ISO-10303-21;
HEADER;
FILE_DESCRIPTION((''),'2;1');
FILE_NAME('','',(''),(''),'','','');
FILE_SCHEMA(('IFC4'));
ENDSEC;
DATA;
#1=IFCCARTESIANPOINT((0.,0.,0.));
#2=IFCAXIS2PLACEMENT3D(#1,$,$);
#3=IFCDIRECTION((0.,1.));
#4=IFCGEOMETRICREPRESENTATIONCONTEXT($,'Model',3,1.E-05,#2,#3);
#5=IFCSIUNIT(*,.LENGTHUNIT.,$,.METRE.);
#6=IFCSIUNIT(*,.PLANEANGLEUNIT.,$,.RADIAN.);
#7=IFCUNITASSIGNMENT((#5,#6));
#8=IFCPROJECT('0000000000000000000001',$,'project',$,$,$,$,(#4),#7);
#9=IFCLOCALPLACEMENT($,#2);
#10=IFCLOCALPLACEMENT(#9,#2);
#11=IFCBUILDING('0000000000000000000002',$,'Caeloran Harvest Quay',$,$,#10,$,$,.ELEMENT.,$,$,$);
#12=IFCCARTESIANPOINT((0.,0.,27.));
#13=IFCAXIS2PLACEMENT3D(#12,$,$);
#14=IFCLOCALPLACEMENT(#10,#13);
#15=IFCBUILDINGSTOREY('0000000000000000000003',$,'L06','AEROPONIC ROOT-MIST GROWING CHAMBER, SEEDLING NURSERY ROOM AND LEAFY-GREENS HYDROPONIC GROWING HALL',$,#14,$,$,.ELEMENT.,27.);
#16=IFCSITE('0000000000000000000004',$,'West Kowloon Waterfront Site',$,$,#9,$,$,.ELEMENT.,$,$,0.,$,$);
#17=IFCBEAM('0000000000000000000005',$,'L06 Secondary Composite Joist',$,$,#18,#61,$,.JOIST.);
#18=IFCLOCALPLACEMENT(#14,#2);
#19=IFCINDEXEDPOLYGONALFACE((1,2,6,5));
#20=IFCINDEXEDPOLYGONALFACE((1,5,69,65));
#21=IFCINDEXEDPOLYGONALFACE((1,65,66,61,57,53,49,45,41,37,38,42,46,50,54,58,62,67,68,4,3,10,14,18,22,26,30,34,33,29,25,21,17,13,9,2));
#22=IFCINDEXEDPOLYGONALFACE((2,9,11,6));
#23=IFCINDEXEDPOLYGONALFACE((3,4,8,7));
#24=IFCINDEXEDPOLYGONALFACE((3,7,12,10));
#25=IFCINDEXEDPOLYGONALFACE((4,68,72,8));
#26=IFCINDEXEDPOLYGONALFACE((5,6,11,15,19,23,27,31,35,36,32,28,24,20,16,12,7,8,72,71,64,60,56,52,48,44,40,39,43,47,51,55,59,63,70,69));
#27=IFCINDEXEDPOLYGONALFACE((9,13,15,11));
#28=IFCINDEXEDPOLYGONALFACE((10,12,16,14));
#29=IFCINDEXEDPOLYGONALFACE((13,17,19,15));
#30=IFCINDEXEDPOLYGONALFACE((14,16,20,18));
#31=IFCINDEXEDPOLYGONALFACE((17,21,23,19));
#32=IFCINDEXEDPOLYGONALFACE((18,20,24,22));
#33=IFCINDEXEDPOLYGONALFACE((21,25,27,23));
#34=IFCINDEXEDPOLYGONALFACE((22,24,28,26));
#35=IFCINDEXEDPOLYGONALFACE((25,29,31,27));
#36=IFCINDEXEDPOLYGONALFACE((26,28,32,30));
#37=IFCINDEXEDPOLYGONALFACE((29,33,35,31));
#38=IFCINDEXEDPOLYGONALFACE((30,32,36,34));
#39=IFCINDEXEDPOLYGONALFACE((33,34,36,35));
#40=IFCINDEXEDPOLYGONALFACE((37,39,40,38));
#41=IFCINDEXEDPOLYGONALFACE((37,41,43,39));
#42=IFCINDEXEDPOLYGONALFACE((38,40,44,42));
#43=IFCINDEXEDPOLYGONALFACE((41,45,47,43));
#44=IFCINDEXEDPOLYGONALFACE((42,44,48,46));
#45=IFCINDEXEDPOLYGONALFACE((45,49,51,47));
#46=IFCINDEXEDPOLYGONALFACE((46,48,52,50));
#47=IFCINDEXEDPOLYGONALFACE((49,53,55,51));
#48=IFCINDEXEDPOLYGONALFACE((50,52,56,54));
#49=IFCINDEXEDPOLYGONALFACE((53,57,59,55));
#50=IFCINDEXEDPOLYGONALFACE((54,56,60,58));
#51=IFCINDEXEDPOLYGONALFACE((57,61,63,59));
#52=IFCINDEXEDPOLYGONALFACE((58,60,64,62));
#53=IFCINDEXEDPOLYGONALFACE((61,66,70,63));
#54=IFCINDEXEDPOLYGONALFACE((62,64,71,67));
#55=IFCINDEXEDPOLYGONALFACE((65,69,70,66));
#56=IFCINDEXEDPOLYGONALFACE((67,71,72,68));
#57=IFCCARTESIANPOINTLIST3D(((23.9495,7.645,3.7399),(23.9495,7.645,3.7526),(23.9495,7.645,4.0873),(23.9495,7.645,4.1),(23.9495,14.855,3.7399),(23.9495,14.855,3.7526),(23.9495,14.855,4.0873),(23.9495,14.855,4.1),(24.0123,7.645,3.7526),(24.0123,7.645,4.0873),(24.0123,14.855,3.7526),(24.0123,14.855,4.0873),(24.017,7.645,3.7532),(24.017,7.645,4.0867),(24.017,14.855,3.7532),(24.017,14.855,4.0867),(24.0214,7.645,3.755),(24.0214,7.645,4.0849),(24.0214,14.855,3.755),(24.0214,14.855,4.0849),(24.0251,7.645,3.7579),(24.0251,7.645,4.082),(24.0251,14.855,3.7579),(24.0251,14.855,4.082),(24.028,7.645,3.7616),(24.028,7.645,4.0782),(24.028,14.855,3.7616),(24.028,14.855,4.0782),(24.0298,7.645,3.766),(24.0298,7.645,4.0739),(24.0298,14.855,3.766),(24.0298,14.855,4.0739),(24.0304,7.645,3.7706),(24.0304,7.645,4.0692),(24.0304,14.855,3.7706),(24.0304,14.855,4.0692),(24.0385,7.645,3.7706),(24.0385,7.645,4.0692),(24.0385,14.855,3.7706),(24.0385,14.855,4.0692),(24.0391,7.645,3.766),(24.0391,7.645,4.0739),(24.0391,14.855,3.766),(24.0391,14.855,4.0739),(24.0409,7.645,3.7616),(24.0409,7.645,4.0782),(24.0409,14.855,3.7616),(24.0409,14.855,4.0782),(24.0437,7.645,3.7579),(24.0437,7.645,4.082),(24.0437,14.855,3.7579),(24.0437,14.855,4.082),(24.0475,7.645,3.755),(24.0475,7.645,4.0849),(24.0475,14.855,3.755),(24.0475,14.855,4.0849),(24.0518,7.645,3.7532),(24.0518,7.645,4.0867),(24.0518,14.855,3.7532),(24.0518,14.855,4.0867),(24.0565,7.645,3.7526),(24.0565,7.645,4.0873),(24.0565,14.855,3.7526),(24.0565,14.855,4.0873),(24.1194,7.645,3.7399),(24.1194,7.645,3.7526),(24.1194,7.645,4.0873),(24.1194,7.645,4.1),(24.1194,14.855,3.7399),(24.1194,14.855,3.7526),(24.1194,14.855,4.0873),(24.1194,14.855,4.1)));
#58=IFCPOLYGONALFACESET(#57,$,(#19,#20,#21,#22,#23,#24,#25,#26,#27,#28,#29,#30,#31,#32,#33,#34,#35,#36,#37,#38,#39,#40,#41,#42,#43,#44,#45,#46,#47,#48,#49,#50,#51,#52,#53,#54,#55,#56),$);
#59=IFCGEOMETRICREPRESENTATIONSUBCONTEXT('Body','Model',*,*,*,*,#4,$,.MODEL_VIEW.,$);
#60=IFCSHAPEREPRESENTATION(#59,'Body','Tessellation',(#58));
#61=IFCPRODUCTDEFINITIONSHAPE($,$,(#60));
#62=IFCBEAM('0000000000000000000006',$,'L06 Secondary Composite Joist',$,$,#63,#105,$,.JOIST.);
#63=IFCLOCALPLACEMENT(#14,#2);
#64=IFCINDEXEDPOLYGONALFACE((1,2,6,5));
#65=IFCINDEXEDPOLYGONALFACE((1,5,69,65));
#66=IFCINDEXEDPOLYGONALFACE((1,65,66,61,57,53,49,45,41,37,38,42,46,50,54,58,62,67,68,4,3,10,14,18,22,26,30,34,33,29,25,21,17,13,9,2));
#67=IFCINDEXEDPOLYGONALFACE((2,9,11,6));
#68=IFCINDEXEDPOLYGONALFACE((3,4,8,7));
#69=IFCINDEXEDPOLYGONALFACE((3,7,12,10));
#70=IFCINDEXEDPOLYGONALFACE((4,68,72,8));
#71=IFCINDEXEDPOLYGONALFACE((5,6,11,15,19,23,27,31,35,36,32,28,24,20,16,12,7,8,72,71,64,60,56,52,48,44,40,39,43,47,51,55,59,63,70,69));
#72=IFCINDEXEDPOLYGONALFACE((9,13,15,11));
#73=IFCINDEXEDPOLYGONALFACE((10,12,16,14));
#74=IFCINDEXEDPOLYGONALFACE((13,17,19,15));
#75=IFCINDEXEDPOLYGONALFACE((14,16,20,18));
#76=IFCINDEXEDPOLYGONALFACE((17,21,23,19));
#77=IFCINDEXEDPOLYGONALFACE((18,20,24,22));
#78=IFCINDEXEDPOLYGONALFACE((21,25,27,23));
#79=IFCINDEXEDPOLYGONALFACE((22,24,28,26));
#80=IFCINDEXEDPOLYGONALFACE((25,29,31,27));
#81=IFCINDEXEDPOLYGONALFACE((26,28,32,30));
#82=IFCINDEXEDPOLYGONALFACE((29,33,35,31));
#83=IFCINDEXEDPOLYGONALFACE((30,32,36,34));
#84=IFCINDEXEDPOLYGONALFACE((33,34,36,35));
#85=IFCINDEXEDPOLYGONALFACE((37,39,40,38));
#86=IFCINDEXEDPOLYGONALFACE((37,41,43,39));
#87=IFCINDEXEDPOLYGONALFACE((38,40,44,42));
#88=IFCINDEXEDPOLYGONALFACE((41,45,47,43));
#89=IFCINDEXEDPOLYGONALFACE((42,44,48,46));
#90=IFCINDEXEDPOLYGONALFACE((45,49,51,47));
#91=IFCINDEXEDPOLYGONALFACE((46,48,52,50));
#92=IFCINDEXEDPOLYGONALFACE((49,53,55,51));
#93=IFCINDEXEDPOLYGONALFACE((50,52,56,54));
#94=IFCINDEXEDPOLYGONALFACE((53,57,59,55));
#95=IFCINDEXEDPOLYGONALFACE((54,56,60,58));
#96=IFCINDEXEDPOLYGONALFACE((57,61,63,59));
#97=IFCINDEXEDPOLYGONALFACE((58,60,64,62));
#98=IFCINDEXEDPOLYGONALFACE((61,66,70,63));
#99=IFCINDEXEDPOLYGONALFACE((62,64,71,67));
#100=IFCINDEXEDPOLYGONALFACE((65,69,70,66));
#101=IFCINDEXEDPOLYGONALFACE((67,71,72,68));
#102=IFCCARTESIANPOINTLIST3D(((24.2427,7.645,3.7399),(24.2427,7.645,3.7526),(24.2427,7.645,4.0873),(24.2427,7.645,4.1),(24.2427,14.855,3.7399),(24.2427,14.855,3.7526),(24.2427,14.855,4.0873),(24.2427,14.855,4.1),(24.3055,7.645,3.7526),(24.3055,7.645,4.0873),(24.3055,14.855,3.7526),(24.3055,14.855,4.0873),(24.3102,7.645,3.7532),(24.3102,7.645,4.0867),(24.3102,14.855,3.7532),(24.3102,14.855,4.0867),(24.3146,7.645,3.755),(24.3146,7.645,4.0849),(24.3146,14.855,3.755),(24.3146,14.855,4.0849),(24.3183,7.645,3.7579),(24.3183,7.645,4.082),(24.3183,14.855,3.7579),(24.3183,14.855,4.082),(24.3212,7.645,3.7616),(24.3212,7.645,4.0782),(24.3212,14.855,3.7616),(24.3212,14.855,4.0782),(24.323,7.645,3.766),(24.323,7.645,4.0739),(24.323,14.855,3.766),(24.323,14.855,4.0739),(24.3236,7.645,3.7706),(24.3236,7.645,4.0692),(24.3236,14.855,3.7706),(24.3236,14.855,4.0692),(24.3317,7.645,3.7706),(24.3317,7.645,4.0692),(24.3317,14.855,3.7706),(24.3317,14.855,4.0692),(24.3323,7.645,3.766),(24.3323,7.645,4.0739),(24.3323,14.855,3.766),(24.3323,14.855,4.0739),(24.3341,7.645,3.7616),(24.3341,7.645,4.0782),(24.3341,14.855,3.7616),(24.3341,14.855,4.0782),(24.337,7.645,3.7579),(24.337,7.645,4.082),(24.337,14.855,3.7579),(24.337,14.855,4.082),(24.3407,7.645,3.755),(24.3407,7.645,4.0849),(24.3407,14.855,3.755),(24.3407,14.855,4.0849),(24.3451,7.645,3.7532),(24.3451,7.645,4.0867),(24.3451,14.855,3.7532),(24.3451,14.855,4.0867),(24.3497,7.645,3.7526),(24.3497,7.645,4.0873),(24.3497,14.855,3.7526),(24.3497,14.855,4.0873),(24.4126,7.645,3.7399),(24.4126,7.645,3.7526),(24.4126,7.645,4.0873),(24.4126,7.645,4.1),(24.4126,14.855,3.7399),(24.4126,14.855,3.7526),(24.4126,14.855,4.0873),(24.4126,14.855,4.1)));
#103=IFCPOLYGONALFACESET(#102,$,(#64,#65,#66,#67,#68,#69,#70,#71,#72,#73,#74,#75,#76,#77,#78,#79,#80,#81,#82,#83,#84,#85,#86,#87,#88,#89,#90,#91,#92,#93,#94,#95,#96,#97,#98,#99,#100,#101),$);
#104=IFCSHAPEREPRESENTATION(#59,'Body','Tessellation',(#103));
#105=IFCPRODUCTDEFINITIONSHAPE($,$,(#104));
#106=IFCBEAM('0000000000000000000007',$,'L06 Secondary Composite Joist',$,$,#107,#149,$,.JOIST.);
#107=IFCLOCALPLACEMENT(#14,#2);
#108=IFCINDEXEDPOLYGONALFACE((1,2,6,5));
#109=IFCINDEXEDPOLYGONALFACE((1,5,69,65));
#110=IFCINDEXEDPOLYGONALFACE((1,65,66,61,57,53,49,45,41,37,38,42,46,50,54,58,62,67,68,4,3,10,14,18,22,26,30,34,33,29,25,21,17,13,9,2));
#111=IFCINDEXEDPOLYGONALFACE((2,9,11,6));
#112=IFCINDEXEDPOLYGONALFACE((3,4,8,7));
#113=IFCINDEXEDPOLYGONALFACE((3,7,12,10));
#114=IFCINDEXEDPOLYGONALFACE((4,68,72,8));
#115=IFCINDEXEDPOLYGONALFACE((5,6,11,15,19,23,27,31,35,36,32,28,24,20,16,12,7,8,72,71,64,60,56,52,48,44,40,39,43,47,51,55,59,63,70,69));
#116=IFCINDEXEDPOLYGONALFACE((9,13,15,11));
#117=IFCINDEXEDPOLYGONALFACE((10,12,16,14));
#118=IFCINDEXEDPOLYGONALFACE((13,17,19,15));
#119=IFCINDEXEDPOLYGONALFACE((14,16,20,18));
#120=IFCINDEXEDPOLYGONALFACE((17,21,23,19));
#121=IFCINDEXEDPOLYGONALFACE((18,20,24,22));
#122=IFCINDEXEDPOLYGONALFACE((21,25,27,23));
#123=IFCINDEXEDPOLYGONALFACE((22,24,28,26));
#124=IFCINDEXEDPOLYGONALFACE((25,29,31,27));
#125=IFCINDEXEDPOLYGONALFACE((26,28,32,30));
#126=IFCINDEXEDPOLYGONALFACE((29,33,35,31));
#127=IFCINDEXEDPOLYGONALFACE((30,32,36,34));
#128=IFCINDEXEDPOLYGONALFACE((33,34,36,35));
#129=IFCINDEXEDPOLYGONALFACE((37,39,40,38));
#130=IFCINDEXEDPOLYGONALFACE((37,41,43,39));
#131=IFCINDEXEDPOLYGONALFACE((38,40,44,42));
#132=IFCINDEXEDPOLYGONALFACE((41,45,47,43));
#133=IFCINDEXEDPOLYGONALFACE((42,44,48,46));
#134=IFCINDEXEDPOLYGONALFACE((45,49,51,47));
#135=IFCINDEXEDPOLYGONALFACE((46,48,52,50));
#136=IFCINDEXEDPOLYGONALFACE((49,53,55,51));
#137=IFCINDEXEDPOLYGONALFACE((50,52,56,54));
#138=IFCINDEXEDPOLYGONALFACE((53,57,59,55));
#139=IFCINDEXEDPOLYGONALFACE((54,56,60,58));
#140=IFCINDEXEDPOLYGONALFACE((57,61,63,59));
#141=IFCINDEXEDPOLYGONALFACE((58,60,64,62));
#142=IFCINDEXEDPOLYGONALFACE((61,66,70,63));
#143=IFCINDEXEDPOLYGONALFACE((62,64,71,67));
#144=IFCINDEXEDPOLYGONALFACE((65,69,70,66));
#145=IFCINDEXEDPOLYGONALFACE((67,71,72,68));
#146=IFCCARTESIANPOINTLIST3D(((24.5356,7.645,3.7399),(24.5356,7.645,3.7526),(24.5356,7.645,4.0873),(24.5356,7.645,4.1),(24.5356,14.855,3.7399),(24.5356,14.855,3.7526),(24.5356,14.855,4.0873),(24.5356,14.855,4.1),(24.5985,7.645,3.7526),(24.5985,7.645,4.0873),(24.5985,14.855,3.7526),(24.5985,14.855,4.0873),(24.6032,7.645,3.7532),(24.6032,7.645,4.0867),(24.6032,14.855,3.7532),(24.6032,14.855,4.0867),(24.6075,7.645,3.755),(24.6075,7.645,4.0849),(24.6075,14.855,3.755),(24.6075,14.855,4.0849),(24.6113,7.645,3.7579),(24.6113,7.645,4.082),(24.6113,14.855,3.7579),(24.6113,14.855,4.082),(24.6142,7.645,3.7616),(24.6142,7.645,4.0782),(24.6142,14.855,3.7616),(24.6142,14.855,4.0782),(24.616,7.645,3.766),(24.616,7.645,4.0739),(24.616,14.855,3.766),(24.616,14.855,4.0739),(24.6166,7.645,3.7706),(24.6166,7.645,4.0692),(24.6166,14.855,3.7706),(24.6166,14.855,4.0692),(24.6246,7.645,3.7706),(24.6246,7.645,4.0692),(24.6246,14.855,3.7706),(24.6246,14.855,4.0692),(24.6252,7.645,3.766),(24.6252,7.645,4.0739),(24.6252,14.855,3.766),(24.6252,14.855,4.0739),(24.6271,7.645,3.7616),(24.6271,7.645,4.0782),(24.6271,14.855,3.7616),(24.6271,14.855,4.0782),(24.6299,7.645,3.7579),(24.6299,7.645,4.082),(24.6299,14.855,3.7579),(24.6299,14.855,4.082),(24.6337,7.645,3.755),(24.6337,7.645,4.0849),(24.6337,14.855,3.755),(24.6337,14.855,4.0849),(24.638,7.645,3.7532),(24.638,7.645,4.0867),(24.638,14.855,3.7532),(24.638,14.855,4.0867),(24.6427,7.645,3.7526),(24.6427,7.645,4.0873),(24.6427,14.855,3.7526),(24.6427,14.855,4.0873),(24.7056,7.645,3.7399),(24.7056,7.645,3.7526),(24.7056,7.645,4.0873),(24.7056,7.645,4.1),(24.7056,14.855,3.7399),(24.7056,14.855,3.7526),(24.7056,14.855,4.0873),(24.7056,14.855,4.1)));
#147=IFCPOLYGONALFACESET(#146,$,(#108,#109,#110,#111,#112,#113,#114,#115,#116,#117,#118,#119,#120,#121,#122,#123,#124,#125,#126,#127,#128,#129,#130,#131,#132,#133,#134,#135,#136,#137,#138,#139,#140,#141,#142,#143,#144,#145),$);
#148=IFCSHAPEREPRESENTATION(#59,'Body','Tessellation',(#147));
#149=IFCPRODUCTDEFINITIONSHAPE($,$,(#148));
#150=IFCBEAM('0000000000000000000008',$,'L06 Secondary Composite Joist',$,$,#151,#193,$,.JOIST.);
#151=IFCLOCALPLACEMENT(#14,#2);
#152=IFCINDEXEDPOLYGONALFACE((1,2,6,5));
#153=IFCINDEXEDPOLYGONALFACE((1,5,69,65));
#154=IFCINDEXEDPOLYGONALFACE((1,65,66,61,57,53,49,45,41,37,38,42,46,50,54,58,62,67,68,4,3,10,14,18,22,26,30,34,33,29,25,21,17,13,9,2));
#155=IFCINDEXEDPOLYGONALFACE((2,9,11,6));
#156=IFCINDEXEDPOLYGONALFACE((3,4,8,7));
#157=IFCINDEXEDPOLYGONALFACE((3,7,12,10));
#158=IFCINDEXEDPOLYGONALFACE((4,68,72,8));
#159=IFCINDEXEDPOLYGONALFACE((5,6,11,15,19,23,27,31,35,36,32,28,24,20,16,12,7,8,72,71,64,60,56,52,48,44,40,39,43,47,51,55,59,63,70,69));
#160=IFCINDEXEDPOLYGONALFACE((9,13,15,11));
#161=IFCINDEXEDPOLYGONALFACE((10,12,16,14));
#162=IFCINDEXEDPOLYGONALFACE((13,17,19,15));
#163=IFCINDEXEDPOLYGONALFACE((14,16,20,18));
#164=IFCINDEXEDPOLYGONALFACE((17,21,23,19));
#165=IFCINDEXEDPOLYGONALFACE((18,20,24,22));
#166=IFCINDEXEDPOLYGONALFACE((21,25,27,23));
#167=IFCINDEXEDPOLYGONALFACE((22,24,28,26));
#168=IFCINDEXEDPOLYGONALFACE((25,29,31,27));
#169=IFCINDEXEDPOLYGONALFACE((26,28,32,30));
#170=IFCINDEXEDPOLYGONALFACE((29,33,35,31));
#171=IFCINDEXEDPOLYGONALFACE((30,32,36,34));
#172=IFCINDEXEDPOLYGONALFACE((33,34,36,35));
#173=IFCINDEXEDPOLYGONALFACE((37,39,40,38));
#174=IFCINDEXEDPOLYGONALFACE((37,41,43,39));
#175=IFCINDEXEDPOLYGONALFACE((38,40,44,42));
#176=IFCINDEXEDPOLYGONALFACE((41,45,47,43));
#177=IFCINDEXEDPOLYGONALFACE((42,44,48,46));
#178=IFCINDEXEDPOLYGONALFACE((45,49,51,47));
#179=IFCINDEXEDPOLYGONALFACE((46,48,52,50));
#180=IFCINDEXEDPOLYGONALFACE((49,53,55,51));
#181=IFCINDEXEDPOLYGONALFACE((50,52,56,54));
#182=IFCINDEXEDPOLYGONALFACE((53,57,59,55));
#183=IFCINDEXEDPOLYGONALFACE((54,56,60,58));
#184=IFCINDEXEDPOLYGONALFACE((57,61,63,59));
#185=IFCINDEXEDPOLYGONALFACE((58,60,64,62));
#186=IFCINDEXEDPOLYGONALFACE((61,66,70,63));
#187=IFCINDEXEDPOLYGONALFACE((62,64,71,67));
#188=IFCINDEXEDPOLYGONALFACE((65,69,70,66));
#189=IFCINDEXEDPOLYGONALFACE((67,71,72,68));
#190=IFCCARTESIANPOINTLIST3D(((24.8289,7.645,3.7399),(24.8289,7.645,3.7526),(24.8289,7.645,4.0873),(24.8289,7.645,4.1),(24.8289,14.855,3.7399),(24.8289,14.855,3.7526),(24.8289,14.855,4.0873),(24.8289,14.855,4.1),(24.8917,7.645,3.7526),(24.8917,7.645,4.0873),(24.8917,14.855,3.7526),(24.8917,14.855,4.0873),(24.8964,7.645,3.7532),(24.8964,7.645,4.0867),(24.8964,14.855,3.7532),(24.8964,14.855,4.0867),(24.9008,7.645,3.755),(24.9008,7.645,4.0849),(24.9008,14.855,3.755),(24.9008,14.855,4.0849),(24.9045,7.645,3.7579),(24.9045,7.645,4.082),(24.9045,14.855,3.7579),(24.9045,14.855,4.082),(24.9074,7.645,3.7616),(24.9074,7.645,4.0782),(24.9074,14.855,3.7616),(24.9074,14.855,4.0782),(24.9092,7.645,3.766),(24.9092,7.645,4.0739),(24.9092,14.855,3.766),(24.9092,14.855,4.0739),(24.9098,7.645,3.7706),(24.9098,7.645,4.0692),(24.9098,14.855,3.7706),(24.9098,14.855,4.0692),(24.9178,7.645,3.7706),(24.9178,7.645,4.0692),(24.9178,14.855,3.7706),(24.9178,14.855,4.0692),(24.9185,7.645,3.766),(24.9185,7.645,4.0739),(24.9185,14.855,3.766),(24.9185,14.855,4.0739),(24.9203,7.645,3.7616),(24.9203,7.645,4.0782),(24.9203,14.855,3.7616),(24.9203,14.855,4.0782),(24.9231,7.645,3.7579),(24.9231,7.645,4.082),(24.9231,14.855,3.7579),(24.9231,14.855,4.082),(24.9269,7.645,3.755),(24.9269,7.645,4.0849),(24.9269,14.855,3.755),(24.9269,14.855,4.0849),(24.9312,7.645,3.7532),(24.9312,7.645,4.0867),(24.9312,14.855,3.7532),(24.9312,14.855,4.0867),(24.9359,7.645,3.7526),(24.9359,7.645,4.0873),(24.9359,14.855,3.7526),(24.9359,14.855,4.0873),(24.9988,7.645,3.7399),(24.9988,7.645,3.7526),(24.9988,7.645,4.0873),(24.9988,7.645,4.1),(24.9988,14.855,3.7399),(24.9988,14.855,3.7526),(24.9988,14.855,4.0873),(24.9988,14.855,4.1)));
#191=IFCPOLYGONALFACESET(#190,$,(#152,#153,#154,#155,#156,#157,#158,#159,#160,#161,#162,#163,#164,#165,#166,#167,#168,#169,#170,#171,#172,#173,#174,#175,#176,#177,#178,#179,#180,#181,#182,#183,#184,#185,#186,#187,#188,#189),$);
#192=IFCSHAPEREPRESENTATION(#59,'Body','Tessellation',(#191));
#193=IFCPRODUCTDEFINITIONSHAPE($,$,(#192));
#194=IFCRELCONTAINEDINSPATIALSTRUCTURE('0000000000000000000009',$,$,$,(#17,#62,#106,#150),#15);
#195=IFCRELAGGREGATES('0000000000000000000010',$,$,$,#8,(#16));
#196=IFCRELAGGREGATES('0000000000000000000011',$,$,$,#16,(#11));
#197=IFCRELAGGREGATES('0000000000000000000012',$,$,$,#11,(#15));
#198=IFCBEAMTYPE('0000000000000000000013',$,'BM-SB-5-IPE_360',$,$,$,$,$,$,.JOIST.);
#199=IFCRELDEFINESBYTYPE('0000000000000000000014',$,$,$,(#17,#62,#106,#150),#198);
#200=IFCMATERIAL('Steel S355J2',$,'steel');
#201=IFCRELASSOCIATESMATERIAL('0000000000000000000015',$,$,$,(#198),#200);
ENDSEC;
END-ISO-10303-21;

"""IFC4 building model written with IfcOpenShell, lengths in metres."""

from ifc_helpers import new_model, si_unit, direction, frame, origin, origin_2d, place, context, subcontext, project, spatial, i_section, extrude, material, material_profile, profile_set, type_object, element, save


model = new_model("IFC4")

# Units and contexts
model_context = context("Model", 3, precision=1e-05, world=origin(), true_north=direction((0.0, 1.0)))
body_context = subcontext(model_context, "Body", "Model", "MODEL_VIEW")
ifc_project = project(units=[si_unit("LENGTHUNIT", "METRE"), si_unit("PLANEANGLEUNIT", "RADIAN")], contexts=[model_context])

# Site, building, storey
site_placement = place(None, origin())
site = spatial("IfcSite", under=ifc_project, at=site_placement, Name="West Kowloon Waterfront Site", CompositionType="ELEMENT", RefElevation=0.0)
building_placement = place(site_placement, origin())
building = spatial("IfcBuilding", under=site, at=building_placement, Name="Caeloran Harvest Quay", CompositionType="ELEMENT")
storey_placement = place(building_placement, frame((0.0, 0.0, 27.0)))
storey = spatial("IfcBuildingStorey", under=building, at=storey_placement, Name="L06", Description="AEROPONIC ROOT-MIST GROWING CHAMBER, SEEDLING NURSERY ROOM AND LEAFY-GREENS HYDROPONIC GROWING HALL", CompositionType="ELEMENT", Elevation=27.0)

# Beams
ifc_material_1 = material(Name="Steel S355J2", Category="steel")
ifc_material_profile_1 = material_profile(ifc_material_1, i_section(OverallWidth=0.1699, OverallDepth=0.3601, WebThickness=0.0081, FlangeThickness=0.0127, FilletRadius=0.0181, at=origin_2d()), Name="IPE 360")
ifc_profile_set_1 = profile_set([ifc_material_profile_1], Name="Steel S355J2")
beam_type_1 = type_object("IfcBeamType", Name="BM-SB-5-IPE_360", PredefinedType="JOIST", material=ifc_profile_set_1)
for number, where, z_axis, x_axis, name in (
    (1, (24.0344, 7.645, 3.9199), (0.0, 1.0, 0.0), (-1.0, 0.0, 0.0), "L06 Secondary Composite Joist"),
    (2, (24.3276, 7.645, 3.9199), (0.0, 1.0, 0.0), (-1.0, 0.0, 0.0), "L06 Secondary Composite Joist"),
    (3, (24.6206, 7.645, 3.9199), (0.0, 1.0, 0.0), (-1.0, 0.0, 0.0), "L06 Secondary Composite Joist"),
    (4, (24.9138, 7.645, 3.9199), (0.0, 1.0, 0.0), (-1.0, 0.0, 0.0), "L06 Secondary Composite Joist"),
):
    element("IfcBeam", number, at=place(storey_placement, frame(where, z_axis=z_axis, x_axis=x_axis)), inside=storey, type_object=beam_type_1, Name=name, PredefinedType="JOIST", context=body_context, shape_type="SweptSolid", body=[
        extrude(i_section(OverallWidth=0.1699, OverallDepth=0.3601, WebThickness=0.0081, FlangeThickness=0.0127, FilletRadius=0.0181, at=origin_2d()), origin(), (0.0, 0.0, 1.0), 7.21),
    ])

save(model, "model.ifc")
